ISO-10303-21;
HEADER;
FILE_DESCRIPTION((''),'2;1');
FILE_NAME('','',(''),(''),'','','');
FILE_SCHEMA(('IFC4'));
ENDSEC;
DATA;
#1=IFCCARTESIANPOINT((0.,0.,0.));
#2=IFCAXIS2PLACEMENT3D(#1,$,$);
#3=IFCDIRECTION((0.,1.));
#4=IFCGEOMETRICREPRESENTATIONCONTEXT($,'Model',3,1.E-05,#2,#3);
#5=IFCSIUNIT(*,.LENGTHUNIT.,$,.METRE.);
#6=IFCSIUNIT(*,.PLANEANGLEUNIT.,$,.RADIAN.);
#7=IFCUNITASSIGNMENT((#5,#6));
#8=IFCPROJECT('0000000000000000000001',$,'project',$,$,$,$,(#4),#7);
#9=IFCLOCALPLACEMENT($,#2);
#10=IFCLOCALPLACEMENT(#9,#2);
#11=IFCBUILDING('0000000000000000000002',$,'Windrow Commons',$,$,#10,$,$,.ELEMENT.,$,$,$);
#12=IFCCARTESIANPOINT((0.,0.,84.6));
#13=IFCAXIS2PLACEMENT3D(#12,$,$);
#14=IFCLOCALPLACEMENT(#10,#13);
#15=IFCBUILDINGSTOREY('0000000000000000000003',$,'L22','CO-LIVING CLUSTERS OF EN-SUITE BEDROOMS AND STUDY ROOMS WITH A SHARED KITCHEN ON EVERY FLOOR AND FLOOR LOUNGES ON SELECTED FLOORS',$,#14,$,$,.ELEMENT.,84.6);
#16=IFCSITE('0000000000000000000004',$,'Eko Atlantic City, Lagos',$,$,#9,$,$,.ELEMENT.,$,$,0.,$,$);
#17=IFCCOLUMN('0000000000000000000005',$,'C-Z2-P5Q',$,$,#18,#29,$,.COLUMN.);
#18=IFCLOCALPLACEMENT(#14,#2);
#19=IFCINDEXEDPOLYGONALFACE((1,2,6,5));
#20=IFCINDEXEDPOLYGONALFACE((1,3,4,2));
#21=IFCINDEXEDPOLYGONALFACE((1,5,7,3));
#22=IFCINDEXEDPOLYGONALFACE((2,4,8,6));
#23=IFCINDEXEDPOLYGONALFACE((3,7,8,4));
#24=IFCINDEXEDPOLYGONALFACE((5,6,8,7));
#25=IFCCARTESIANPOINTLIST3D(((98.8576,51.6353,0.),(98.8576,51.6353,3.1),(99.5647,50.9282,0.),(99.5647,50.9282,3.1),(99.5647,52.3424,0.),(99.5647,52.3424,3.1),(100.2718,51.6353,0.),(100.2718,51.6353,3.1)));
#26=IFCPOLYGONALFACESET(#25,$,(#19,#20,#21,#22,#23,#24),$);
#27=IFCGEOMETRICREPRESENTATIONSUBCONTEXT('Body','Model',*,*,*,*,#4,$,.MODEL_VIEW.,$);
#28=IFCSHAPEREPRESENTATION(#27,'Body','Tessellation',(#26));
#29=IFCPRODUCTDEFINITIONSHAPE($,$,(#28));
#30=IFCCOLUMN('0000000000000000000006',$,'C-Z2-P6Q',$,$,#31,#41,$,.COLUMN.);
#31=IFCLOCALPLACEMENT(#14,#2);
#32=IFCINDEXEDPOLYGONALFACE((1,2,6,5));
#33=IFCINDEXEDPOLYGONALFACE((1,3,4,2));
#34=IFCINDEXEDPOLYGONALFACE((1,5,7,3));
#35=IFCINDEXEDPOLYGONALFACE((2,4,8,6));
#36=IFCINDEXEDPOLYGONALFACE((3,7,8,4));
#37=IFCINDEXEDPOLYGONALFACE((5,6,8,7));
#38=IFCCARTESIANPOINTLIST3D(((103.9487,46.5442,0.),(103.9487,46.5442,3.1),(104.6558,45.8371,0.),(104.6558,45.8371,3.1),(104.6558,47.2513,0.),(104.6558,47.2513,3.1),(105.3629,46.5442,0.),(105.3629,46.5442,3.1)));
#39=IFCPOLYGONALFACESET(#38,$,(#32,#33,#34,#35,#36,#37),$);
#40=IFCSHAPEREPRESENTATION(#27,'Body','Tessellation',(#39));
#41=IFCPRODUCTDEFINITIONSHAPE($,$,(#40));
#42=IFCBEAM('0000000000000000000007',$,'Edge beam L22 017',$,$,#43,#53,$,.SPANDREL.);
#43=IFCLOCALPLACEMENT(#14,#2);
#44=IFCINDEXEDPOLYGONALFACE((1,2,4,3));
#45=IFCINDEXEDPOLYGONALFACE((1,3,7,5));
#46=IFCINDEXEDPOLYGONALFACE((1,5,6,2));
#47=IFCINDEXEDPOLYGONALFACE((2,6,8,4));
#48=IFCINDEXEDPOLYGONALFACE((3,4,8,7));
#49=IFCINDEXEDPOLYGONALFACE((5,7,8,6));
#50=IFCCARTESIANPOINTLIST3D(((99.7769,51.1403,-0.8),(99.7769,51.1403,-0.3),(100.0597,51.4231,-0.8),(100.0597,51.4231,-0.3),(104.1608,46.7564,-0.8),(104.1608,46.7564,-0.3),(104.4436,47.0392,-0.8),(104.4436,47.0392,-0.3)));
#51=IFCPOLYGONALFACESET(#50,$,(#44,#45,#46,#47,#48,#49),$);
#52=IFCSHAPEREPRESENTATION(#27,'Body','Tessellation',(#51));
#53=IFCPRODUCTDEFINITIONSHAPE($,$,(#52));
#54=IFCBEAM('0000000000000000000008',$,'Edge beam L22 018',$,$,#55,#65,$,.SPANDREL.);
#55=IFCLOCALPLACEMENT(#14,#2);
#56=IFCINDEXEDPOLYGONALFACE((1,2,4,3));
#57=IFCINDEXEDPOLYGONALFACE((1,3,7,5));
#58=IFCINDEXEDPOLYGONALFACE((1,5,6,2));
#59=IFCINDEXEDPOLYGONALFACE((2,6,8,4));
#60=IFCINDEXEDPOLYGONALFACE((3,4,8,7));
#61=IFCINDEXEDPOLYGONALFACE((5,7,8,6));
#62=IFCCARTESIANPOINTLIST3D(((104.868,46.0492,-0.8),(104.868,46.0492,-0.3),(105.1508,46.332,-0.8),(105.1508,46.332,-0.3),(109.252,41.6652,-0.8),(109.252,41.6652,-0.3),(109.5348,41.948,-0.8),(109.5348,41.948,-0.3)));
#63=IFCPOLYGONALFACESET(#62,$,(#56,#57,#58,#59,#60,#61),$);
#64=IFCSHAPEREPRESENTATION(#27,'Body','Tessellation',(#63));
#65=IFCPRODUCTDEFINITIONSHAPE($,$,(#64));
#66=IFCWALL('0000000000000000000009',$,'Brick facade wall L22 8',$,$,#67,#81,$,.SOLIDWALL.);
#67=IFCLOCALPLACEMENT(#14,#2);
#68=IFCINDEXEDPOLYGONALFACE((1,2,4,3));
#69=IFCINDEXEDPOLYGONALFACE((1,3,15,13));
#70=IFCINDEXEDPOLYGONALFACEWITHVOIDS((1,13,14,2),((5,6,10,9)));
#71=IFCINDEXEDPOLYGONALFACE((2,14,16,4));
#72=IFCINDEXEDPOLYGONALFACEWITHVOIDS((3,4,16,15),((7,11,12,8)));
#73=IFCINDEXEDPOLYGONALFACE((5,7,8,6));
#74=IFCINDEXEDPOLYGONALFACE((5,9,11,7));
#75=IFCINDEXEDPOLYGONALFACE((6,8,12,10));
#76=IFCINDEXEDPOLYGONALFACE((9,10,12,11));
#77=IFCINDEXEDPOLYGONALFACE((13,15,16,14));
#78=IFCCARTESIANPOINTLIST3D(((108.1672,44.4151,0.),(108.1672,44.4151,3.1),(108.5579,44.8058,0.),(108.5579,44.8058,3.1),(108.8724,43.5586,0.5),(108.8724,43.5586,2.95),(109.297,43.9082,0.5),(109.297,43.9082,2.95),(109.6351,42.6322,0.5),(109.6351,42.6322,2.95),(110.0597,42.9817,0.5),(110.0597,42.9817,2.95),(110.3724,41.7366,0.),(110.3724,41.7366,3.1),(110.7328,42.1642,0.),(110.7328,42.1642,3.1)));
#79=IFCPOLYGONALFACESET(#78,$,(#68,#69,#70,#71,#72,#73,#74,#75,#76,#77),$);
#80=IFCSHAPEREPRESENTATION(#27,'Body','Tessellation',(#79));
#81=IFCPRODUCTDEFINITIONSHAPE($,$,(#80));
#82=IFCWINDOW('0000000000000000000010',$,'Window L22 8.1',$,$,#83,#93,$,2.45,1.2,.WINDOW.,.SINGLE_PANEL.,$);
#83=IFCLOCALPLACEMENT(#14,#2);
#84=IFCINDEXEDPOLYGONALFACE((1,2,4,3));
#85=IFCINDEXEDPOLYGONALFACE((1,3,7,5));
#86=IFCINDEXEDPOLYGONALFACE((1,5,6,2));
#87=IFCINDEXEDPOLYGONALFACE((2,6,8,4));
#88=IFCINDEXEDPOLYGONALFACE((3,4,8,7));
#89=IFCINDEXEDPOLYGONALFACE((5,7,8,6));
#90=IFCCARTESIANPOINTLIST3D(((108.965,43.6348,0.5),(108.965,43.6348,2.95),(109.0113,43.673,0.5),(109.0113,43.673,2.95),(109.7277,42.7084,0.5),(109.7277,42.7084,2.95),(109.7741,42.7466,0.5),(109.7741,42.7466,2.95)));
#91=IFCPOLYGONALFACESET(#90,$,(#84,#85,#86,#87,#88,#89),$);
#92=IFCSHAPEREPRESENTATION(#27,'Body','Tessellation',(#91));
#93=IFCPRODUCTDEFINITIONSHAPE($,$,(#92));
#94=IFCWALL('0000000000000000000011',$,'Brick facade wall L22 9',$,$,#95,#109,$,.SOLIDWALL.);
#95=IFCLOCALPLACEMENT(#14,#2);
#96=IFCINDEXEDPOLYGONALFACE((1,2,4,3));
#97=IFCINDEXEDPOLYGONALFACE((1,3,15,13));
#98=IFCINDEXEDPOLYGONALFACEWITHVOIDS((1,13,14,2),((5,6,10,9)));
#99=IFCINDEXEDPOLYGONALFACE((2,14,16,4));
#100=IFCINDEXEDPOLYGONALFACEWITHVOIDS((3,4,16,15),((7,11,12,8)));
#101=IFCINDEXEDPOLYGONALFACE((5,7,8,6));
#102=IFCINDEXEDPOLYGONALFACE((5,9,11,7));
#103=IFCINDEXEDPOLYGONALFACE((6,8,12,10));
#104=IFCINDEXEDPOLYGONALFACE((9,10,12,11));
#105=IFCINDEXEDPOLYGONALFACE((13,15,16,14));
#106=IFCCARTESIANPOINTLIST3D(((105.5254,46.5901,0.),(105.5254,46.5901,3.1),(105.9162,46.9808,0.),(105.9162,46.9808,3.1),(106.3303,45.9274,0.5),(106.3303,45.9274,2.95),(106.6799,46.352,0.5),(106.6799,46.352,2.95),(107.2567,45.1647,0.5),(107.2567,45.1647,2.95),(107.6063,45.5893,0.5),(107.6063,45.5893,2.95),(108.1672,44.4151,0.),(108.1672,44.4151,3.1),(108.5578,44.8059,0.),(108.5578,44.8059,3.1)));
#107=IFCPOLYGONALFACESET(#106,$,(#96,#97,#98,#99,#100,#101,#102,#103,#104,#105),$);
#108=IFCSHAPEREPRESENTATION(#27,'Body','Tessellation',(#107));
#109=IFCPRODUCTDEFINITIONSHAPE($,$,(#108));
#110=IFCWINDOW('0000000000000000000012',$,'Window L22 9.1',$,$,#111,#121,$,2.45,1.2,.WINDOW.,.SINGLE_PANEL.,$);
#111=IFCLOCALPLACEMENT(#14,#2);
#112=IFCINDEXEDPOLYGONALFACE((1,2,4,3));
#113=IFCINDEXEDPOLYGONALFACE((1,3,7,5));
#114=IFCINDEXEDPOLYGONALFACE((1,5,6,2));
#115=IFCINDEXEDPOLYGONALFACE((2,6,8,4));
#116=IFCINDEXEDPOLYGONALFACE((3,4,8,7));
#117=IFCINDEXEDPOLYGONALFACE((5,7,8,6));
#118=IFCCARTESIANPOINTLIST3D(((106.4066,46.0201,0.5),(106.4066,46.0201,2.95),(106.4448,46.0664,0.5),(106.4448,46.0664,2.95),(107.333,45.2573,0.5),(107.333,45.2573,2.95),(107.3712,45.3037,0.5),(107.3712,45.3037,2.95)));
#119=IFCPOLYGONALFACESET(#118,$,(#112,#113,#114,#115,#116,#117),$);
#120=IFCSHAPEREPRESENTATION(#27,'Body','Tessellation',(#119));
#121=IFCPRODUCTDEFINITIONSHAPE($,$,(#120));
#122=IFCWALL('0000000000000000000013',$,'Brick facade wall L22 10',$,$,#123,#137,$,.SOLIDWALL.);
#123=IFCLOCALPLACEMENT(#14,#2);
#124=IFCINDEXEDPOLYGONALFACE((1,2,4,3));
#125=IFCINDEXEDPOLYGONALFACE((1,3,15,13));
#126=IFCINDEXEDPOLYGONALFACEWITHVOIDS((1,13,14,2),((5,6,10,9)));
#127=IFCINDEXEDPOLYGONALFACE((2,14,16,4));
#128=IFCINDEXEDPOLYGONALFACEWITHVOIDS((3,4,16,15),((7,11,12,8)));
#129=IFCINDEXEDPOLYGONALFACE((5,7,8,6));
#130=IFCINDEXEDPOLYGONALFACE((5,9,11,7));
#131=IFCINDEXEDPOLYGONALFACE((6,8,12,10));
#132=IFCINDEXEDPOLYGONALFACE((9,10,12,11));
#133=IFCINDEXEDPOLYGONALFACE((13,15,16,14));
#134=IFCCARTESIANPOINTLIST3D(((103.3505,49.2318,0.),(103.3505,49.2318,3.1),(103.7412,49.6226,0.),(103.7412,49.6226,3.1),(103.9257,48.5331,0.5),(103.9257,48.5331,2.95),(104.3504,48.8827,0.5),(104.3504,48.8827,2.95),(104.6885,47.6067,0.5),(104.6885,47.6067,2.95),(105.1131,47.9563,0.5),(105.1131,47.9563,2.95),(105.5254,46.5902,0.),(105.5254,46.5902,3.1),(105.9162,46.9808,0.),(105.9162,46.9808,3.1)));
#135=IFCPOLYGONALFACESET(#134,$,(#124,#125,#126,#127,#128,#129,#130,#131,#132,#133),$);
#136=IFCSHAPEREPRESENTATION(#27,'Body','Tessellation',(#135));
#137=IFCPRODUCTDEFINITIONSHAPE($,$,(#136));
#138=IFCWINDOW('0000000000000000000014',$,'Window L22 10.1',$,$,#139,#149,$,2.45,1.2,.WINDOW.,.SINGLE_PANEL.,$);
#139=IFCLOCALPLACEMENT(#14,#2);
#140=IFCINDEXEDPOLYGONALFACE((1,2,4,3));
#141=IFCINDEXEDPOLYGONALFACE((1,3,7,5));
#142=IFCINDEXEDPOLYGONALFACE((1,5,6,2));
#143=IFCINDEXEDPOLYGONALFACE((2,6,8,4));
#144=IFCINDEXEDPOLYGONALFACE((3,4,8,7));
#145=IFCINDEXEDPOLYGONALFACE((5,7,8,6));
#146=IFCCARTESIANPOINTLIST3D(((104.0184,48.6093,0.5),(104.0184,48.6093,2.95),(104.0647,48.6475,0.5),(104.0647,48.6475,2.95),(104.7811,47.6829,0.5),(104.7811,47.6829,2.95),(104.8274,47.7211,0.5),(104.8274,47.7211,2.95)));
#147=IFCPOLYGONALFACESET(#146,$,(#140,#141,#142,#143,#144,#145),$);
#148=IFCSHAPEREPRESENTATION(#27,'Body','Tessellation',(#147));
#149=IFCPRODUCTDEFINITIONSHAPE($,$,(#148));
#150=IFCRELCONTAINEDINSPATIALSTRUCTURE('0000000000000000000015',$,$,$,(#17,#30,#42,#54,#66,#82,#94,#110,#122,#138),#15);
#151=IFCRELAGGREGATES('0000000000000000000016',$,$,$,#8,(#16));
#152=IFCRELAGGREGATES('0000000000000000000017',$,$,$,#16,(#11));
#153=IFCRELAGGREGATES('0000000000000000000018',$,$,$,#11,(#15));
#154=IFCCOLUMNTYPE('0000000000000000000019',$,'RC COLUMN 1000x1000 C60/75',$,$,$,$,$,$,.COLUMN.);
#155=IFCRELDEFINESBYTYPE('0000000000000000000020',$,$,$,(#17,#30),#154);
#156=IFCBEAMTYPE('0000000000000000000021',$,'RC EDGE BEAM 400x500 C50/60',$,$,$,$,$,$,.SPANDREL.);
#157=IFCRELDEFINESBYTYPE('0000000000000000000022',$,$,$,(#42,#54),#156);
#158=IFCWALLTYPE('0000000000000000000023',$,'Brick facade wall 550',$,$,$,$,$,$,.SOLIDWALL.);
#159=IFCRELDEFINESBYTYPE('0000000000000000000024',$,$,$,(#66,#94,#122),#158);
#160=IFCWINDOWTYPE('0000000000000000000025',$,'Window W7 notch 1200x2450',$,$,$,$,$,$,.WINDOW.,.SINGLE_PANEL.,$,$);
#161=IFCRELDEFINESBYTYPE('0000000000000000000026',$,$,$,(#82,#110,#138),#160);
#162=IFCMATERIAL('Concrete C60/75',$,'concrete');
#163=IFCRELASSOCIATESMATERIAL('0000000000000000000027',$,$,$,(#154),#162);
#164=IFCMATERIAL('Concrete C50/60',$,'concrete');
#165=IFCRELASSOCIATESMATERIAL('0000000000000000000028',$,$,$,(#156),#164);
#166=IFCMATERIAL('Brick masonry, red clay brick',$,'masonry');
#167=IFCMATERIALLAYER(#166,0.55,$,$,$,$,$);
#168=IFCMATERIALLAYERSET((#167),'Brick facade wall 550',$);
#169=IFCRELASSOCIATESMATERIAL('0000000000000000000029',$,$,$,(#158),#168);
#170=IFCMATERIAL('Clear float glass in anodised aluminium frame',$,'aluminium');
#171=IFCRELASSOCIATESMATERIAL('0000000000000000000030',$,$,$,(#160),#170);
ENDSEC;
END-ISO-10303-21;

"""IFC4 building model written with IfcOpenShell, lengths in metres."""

from ifc_helpers import new_model, si_unit, direction, frame, frame_2d, origin, origin_2d, place, context, subcontext, project, spatial, polyline, rectangle, outline, extrude, material, layer, layer_set, material_profile, profile_set, type_object, element, fill, save


model = new_model("IFC4")

# Units and contexts
model_context = context("Model", 3, precision=1e-05, world=origin(), true_north=direction((0.0, 1.0)))
body_context = subcontext(model_context, "Body", "Model", "MODEL_VIEW")
ifc_project = project(units=[si_unit("LENGTHUNIT", "METRE"), si_unit("PLANEANGLEUNIT", "RADIAN")], contexts=[model_context])

# Site, building, storey
site_placement = place(None, origin())
site = spatial("IfcSite", under=ifc_project, at=site_placement, Name="Eko Atlantic City, Lagos", CompositionType="ELEMENT", RefElevation=0.0)
building_placement = place(site_placement, origin())
building = spatial("IfcBuilding", under=site, at=building_placement, Name="Windrow Commons", CompositionType="ELEMENT")
storey_placement = place(building_placement, frame((0.0, 0.0, 84.6)))
storey = spatial("IfcBuildingStorey", under=building, at=storey_placement, Name="L22", Description="CO-LIVING CLUSTERS OF EN-SUITE BEDROOMS AND STUDY ROOMS WITH A SHARED KITCHEN ON EVERY FLOOR AND FLOOR LOUNGES ON SELECTED FLOORS", CompositionType="ELEMENT", Elevation=84.6)

# Columns
ifc_material_1 = material(Name="Concrete C60/75", Category="concrete")
ifc_material_profile_1 = material_profile(ifc_material_1, rectangle(XDim=1.0, YDim=1.0, at=origin_2d()))
ifc_profile_set_1 = profile_set([ifc_material_profile_1], Name="Concrete C60/75")
column_type = type_object("IfcColumnType", Name="RC COLUMN 1000x1000 C60/75", PredefinedType="COLUMN", material=ifc_profile_set_1)
for number, where, z_axis, x_axis, name in (
    (1, (99.5647, 51.6353, 0.0), (0.0, 0.0, 1.0), (0.707107, -0.707107, 0.0), "C-Z2-P5Q"),
    (2, (104.6558, 46.5442, 0.0), (0.0, 0.0, 1.0), (0.707107, -0.707107, 0.0), "C-Z2-P6Q"),
):
    element("IfcColumn", number, at=place(storey_placement, frame(where, z_axis=z_axis, x_axis=x_axis)), inside=storey, type_object=column_type, Name=name, PredefinedType="COLUMN", context=body_context, shape_type="SweptSolid", body=[
        extrude(rectangle(XDim=1.0, YDim=1.0, at=origin_2d()), origin(), (0.0, 0.0, 1.0), 3.1),
    ])

# Beams
ifc_material_2 = material(Name="Concrete C50/60", Category="concrete")
ifc_material_profile_2 = material_profile(ifc_material_2, rectangle(XDim=0.4, YDim=0.5, at=origin_2d()))
ifc_profile_set_2 = profile_set([ifc_material_profile_2], Name="Concrete C50/60")
beam_type = type_object("IfcBeamType", Name="RC EDGE BEAM 400x500 C50/60", PredefinedType="SPANDREL", material=ifc_profile_set_2)
beam_1_placement = place(storey_placement, frame((99.9183, 51.2817, -0.55), z_axis=(0.707107, -0.707107, 0.0), x_axis=(0.707107, 0.707107, 0.0)))
element("IfcBeam", 3, at=beam_1_placement, inside=storey, type_object=beam_type, Name="Edge beam L22 017", PredefinedType="SPANDREL", context=body_context, shape_type="SweptSolid", body=[
    extrude(rectangle(XDim=0.4, YDim=0.5, at=origin_2d()), origin(), (0.0, 0.0, 1.0), 6.1998),
])
beam_2_placement = place(storey_placement, frame((105.0094, 46.1906, -0.55), z_axis=(0.707107, -0.707107, 0.0), x_axis=(0.707107, 0.707107, 0.0)))
element("IfcBeam", 4, at=beam_2_placement, inside=storey, type_object=beam_type, Name="Edge beam L22 018", PredefinedType="SPANDREL", context=body_context, shape_type="SweptSolid", body=[
    extrude(rectangle(XDim=0.4, YDim=0.5, at=origin_2d()), origin(), (0.0, 0.0, 1.0), 6.1999),
])

# Walls, openings, windows
ifc_material_3 = material(Name="Brick masonry, red clay brick", Category="masonry")
ifc_layer_1 = layer(ifc_material_3, 0.55)
ifc_layer_set_1 = layer_set([ifc_layer_1], Name="Brick facade wall 550")
wall_type_1 = type_object("IfcWallType", Name="Brick facade wall 550", PredefinedType="SOLIDWALL", material=ifc_layer_set_1)
wall_1_placement = place(storey_placement, frame((110.5526, 41.9504, 0.0), z_axis=(0.0, 0.0, 1.0), x_axis=(-0.635609, 0.772011, 0.0)))
wall_1 = element("IfcWall", 5, at=wall_1_placement, inside=storey, type_object=wall_type_1, Name="Brick facade wall L22 8", PredefinedType="SOLIDWALL", context=body_context, shape_type="SweptSolid", body=[
    extrude(outline(polyline([(0.0505, -0.275), (3.4723, -0.275), (3.419, 0.275), (-0.0505, 0.275), (0.0505, -0.275)])), origin(), (0.0, 0.0, 1.0), 3.1),
])
opening_1_placement = place(wall_1_placement, frame((1.1095, 0.0, 0.5)))
opening_1 = element("IfcOpeningElement", 6, at=opening_1_placement, cuts=wall_1, PredefinedType="OPENING", context=body_context, shape_type="SweptSolid", body=[
    extrude(rectangle(XDim=1.2, YDim=2.45, at=frame_2d((0.6, 1.225))), frame((0.0, 0.285, 0.0), z_axis=(0.0, -1.0, 0.0), x_axis=(1.0, 0.0, 0.0)), (0.0, 0.0, 1.0), 0.57),
])
ifc_material_4 = material(Name="Clear float glass in anodised aluminium frame", Category="aluminium")
window_type = type_object("IfcWindowType", Name="Window W7 notch 1200x2450", PartitioningType="SINGLE_PANEL", PredefinedType="WINDOW", material=ifc_material_4)
window_1_placement = place(opening_1_placement, origin())
window_1 = element("IfcWindow", 7, at=window_1_placement, inside=storey, type_object=window_type, Name="Window L22 8.1", OverallHeight=2.45, OverallWidth=1.2, PartitioningType="SINGLE_PANEL", PredefinedType="WINDOW", context=body_context, shape_type="SweptSolid", body=[
    extrude(rectangle(XDim=1.2, YDim=2.45, at=frame_2d((0.6, 1.225))), frame((0.0, 0.155, 0.0), z_axis=(0.0, -1.0, 0.0), x_axis=(1.0, 0.0, 0.0)), (0.0, 0.0, 1.0), 0.06),
])
fill(opening_1, window_1)
wall_2_placement = place(storey_placement, frame((108.3625, 44.6105, 0.0), z_axis=(0.0, 0.0, 1.0), x_axis=(-0.772004, 0.635617, 0.0)))
wall_2 = element("IfcWall", 8, at=wall_2_placement, inside=storey, type_object=wall_type_1, Name="Brick facade wall L22 9", PredefinedType="SOLIDWALL", context=body_context, shape_type="SweptSolid", body=[
    extrude(outline(polyline([(-0.0266, -0.275), (3.3952, -0.275), (3.4485, 0.275), (0.0266, 0.275), (-0.0266, -0.275)])), origin(), (0.0, 0.0, 1.0), 3.1),
])
opening_2_placement = place(wall_2_placement, frame((1.2059, 0.0, 0.5)))
opening_2 = element("IfcOpeningElement", 9, at=opening_2_placement, cuts=wall_2, PredefinedType="OPENING", context=body_context, shape_type="SweptSolid", body=[
    extrude(rectangle(XDim=1.2, YDim=2.45, at=frame_2d((0.6, 1.225))), frame((0.0, 0.285, 0.0), z_axis=(0.0, -1.0, 0.0), x_axis=(1.0, 0.0, 0.0)), (0.0, 0.0, 1.0), 0.57),
])
window_2_placement = place(opening_2_placement, origin())
window_2 = element("IfcWindow", 10, at=window_2_placement, inside=storey, type_object=window_type, Name="Window L22 9.1", OverallHeight=2.45, OverallWidth=1.2, PartitioningType="SINGLE_PANEL", PredefinedType="WINDOW", context=body_context, shape_type="SweptSolid", body=[
    extrude(rectangle(XDim=1.2, YDim=2.45, at=frame_2d((0.6, 1.225))), frame((0.0, 0.155, 0.0), z_axis=(0.0, -1.0, 0.0), x_axis=(1.0, 0.0, 0.0)), (0.0, 0.0, 1.0), 0.06),
])
fill(opening_2, window_2)
wall_3_placement = place(storey_placement, frame((105.7208, 46.7855, 0.0), z_axis=(0.0, 0.0, 1.0), x_axis=(-0.635617, 0.772004, 0.0)))
wall_3 = element("IfcWall", 11, at=wall_3_placement, inside=storey, type_object=wall_type_1, Name="Brick facade wall L22 10", PredefinedType="SOLIDWALL", context=body_context, shape_type="SweptSolid", body=[
    extrude(outline(polyline([(0.0266, -0.275), (3.4485, -0.275), (3.3952, 0.275), (-0.0266, 0.275), (0.0266, -0.275)])), origin(), (0.0, 0.0, 1.0), 3.1),
])
opening_3_placement = place(wall_3_placement, frame((1.2901, 0.0, 0.5)))
opening_3 = element("IfcOpeningElement", 12, at=opening_3_placement, cuts=wall_3, PredefinedType="OPENING", context=body_context, shape_type="SweptSolid", body=[
    extrude(rectangle(XDim=1.2, YDim=2.45, at=frame_2d((0.6, 1.225))), frame((0.0, 0.285, 0.0), z_axis=(0.0, -1.0, 0.0), x_axis=(1.0, 0.0, 0.0)), (0.0, 0.0, 1.0), 0.57),
])
window_3_placement = place(opening_3_placement, origin())
window_3 = element("IfcWindow", 13, at=window_3_placement, inside=storey, type_object=window_type, Name="Window L22 10.1", OverallHeight=2.45, OverallWidth=1.2, PartitioningType="SINGLE_PANEL", PredefinedType="WINDOW", context=body_context, shape_type="SweptSolid", body=[
    extrude(rectangle(XDim=1.2, YDim=2.45, at=frame_2d((0.6, 1.225))), frame((0.0, 0.155, 0.0), z_axis=(0.0, -1.0, 0.0), x_axis=(1.0, 0.0, 0.0)), (0.0, 0.0, 1.0), 0.06),
])
fill(opening_3, window_3)

save(model, "model.ifc")
